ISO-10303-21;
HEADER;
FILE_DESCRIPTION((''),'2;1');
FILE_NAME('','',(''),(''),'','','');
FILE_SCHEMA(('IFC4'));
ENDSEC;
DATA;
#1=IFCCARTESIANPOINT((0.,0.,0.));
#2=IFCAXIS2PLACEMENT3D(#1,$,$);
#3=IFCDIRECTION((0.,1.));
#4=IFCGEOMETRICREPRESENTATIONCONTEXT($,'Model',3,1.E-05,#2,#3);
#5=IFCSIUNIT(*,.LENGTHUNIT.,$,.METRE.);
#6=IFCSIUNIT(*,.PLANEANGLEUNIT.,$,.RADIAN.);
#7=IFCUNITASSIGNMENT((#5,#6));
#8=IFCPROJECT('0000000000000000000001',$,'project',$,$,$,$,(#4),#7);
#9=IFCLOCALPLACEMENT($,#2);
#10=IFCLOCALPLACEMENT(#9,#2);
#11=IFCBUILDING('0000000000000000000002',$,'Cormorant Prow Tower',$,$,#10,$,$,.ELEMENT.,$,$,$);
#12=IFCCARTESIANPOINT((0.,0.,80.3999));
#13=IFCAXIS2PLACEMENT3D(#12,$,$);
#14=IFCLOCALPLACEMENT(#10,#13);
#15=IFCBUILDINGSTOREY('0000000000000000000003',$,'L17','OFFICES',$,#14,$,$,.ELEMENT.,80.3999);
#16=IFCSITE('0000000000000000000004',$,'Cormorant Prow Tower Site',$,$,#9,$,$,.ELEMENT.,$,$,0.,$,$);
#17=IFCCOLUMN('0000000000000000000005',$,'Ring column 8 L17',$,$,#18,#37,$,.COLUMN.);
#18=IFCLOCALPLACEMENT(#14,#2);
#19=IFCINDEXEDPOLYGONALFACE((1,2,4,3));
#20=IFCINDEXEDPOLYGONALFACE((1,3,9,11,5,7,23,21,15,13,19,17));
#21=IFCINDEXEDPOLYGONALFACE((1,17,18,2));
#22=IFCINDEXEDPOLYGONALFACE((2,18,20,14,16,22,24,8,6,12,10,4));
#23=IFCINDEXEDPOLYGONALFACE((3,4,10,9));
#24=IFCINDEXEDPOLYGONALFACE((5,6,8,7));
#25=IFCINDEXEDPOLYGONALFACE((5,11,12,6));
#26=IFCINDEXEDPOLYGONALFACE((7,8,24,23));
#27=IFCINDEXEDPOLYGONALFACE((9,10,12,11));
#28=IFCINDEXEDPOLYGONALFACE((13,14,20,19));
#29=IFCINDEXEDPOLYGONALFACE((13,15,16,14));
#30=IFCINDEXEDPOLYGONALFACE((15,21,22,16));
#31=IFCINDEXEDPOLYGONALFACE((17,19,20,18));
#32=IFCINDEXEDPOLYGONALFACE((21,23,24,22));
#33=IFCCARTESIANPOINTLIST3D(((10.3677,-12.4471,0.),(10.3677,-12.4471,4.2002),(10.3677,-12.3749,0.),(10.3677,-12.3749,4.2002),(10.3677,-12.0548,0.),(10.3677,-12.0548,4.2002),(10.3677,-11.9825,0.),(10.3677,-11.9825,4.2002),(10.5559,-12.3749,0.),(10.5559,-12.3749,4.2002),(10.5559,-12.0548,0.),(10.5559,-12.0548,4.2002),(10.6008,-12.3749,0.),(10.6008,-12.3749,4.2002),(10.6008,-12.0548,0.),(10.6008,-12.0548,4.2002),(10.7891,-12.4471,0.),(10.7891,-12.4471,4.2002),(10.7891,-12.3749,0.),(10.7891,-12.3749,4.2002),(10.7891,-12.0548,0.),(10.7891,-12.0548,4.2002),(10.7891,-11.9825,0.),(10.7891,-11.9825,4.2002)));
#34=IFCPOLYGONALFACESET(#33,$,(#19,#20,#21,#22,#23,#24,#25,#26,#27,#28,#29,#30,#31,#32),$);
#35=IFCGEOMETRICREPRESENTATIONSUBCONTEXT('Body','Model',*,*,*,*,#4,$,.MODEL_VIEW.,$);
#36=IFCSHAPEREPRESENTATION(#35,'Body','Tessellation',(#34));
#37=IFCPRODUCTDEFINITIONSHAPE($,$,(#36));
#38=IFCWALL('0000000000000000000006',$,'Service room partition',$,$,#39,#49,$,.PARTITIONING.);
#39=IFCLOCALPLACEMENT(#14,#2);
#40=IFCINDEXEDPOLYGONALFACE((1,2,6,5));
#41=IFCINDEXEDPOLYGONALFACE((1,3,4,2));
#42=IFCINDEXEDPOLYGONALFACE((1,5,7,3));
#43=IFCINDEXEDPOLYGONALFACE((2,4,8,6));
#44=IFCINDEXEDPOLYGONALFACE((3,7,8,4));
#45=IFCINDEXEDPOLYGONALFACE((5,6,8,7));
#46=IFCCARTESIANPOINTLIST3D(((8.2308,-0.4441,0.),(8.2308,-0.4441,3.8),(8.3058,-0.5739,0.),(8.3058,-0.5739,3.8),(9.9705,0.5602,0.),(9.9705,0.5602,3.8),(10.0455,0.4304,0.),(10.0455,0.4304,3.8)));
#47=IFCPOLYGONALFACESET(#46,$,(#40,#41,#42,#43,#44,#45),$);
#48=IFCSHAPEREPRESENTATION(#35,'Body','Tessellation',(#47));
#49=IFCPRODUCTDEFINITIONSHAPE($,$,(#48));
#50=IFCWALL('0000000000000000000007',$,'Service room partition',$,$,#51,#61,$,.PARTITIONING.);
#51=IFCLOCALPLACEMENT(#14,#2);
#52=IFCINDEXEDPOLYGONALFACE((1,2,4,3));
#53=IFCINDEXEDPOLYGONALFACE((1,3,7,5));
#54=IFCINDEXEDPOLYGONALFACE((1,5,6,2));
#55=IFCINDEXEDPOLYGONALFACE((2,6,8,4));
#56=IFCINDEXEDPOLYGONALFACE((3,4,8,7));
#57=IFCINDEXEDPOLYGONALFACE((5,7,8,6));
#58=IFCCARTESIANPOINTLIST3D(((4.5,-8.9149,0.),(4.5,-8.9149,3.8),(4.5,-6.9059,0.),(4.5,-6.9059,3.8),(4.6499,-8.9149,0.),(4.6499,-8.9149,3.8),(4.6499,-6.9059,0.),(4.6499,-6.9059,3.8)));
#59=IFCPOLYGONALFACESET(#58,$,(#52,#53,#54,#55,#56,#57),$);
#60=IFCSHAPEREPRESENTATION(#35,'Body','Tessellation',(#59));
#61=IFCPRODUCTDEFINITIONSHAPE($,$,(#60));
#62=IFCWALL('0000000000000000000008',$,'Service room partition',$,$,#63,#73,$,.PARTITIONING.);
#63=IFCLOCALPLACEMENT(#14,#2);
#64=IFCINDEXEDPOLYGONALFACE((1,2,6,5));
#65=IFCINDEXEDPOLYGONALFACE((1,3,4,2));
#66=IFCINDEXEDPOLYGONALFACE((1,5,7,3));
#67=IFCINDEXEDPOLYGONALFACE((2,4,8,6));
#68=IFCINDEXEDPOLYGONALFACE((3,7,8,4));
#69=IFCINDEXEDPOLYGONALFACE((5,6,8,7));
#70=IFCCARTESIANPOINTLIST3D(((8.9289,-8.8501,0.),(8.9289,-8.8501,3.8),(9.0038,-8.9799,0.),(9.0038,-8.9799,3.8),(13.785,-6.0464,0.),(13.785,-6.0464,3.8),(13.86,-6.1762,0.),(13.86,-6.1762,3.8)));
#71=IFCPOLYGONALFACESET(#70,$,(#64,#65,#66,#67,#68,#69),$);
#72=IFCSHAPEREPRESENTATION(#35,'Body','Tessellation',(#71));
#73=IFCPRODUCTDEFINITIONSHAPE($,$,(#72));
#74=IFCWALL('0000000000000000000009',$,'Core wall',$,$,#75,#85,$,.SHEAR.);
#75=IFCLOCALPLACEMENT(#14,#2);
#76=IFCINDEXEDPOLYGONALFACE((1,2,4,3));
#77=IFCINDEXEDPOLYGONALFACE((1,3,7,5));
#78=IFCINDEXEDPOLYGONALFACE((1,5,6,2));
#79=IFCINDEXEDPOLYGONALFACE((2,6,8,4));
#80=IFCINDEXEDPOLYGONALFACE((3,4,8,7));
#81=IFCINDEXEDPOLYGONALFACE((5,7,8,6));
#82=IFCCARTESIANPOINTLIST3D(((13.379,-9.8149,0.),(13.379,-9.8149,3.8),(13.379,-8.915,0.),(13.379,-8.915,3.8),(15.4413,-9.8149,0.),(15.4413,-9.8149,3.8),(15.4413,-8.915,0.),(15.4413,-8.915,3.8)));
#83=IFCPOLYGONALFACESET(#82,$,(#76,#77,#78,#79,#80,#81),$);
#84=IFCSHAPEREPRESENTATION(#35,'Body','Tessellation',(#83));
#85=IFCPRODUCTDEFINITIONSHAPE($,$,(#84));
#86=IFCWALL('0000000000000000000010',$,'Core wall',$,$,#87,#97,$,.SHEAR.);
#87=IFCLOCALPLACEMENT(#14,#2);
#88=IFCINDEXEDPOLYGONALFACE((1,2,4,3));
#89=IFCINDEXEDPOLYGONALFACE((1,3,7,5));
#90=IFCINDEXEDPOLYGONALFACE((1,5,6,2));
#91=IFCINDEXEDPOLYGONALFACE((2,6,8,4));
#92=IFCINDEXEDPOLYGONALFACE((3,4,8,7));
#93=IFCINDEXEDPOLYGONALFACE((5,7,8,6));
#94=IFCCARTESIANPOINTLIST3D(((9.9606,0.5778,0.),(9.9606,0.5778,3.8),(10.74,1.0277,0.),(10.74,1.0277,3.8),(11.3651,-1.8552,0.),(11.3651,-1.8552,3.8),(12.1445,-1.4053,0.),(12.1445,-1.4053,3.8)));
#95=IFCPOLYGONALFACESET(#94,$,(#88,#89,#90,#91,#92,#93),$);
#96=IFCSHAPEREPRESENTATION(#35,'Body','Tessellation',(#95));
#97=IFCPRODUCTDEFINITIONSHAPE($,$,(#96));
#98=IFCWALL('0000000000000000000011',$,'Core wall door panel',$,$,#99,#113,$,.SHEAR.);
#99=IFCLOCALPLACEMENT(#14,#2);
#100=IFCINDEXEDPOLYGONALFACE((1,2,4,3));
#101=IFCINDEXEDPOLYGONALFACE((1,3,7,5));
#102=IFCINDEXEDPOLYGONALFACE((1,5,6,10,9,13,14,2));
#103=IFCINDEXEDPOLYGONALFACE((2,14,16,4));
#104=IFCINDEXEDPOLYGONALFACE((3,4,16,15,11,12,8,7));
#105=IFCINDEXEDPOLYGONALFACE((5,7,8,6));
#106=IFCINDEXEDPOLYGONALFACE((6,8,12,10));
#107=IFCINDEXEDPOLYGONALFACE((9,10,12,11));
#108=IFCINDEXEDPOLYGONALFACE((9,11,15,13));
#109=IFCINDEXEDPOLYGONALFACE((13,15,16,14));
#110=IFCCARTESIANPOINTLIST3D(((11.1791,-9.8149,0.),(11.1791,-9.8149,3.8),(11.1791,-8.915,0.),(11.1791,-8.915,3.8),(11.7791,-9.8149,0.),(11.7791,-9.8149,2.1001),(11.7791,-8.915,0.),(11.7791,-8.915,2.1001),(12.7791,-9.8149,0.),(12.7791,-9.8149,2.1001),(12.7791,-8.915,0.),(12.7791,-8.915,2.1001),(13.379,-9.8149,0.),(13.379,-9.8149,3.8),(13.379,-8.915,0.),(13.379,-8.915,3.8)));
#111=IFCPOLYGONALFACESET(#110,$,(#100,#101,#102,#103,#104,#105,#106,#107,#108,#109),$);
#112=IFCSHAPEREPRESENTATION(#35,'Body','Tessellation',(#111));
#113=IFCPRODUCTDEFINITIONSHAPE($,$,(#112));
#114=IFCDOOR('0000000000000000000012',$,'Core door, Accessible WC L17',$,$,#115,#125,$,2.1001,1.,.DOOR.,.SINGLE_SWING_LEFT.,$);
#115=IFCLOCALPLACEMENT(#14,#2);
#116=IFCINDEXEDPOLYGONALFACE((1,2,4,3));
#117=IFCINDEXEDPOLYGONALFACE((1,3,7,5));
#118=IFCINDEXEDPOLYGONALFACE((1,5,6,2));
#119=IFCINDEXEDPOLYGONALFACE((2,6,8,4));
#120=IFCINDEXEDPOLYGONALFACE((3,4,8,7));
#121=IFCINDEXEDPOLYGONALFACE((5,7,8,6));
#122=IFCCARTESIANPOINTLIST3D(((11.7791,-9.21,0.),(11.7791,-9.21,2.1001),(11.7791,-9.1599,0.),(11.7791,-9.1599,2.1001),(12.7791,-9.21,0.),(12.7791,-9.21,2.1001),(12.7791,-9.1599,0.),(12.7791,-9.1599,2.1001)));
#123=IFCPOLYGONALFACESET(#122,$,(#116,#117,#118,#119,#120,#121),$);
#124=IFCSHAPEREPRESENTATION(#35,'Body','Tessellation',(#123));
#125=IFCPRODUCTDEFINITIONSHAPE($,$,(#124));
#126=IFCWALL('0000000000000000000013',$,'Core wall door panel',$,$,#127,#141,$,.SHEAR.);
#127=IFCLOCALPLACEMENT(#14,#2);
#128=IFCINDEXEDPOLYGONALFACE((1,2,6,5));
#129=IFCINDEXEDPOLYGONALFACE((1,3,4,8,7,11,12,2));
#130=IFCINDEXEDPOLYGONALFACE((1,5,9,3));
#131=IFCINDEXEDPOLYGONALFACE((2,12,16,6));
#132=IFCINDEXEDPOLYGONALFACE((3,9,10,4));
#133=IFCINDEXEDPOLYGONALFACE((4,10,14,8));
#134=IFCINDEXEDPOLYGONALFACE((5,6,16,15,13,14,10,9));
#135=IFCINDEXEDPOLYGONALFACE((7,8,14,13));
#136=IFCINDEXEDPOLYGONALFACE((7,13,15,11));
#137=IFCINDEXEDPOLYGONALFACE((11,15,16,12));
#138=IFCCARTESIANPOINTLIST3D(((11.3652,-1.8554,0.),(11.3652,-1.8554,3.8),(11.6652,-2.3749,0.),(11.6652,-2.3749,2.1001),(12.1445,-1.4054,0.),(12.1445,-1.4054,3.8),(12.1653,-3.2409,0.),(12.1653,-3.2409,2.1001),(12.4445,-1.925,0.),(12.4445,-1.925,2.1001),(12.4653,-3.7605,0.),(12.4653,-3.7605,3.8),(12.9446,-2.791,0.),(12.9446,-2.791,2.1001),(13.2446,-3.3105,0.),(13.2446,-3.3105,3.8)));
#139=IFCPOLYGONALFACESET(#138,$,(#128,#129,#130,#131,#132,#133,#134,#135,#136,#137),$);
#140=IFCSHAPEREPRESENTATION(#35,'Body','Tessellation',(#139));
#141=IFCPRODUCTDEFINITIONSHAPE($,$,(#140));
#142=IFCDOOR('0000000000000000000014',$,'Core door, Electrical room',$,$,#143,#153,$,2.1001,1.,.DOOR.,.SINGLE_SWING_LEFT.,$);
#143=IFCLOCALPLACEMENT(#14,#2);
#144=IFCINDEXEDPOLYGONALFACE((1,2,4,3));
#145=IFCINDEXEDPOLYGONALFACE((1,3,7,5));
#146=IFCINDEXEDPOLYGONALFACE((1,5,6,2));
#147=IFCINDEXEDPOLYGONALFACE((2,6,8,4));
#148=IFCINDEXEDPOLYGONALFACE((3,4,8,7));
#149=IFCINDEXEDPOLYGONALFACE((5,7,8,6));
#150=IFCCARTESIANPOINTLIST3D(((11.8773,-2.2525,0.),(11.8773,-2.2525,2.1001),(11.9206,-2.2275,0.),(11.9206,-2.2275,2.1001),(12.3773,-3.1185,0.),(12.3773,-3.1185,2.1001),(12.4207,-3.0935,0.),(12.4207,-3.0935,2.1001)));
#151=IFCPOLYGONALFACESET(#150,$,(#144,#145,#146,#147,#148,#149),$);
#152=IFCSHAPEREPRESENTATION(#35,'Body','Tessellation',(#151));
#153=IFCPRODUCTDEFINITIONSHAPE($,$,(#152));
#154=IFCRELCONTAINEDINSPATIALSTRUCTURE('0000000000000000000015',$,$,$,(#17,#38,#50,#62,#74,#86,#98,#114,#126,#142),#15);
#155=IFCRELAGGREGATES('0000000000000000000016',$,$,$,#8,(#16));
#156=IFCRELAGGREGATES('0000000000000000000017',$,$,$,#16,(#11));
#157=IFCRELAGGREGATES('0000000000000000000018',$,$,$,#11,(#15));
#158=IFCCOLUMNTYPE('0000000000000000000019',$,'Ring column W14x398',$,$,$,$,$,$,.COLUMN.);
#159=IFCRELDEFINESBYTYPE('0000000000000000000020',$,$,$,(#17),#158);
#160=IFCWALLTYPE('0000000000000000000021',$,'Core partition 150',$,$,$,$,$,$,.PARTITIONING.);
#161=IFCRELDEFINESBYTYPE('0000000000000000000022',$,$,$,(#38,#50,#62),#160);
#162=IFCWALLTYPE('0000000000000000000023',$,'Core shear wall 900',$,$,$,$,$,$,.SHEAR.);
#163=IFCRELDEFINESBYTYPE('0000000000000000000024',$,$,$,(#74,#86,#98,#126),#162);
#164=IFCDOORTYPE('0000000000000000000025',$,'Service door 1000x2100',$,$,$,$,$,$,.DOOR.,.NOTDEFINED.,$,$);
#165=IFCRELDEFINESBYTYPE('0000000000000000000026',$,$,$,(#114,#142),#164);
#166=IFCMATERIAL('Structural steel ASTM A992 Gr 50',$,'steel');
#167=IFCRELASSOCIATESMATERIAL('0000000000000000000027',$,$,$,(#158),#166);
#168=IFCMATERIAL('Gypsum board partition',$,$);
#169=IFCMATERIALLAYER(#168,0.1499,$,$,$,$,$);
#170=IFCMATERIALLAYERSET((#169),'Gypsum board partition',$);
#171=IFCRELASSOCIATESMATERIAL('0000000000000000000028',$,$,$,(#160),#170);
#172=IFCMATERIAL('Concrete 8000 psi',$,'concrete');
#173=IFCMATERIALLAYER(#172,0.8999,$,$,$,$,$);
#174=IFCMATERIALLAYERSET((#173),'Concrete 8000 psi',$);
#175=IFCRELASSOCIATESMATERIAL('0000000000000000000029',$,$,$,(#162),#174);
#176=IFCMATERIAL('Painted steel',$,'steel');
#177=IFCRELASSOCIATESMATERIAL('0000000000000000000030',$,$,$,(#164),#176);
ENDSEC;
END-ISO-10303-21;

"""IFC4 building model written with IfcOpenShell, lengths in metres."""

from ifc_helpers import new_model, si_unit, direction, frame, frame_2d, origin, origin_2d, place, context, subcontext, project, spatial, rectangle, i_section, extrude, material, layer, layer_set, material_profile, profile_set, type_object, element, fill, save


model = new_model("IFC4")

# Units and contexts
model_context = context("Model", 3, precision=1e-05, world=origin(), true_north=direction((0.0, 1.0)))
body_context = subcontext(model_context, "Body", "Model", "MODEL_VIEW")
ifc_project = project(units=[si_unit("LENGTHUNIT", "METRE"), si_unit("PLANEANGLEUNIT", "RADIAN")], contexts=[model_context])

# Site, building, storey
site_placement = place(None, origin())
site = spatial("IfcSite", under=ifc_project, at=site_placement, Name="Cormorant Prow Tower Site", CompositionType="ELEMENT", RefElevation=0.0)
building_placement = place(site_placement, origin())
building = spatial("IfcBuilding", under=site, at=building_placement, Name="Cormorant Prow Tower", CompositionType="ELEMENT")
storey_placement = place(building_placement, frame((0.0, 0.0, 80.3999)))
storey = spatial("IfcBuildingStorey", under=building, at=storey_placement, Name="L17", Description="OFFICES", CompositionType="ELEMENT", Elevation=80.3999)

# Column
ifc_material_1 = material(Name="Structural steel ASTM A992 Gr 50", Category="steel")
ifc_material_profile = material_profile(ifc_material_1, i_section(OverallWidth=0.4214, OverallDepth=0.4646, WebThickness=0.0449, FlangeThickness=0.0723, at=origin_2d()), Name="W14x398")
ifc_profile_set = profile_set([ifc_material_profile], Name="Structural steel ASTM A992 Gr 50")
column_type = type_object("IfcColumnType", Name="Ring column W14x398", PredefinedType="COLUMN", material=ifc_profile_set)
column_placement = place(storey_placement, frame((10.5784, -12.2148, 0.0), z_axis=(0.0, 0.0, 1.0), x_axis=(1.0, 0.0, 0.0)))
element("IfcColumn", 1, at=column_placement, inside=storey, type_object=column_type, Name="Ring column 8 L17", PredefinedType="COLUMN", context=body_context, shape_type="SweptSolid", body=[
    extrude(i_section(OverallWidth=0.4214, OverallDepth=0.4646, WebThickness=0.0449, FlangeThickness=0.0723, at=origin_2d()), origin(), (0.0, 0.0, 1.0), 4.2002),
])

# Walls
ifc_material_2 = material(Name="Gypsum board partition")
ifc_layer_1 = layer(ifc_material_2, 0.1499)
ifc_layer_set_1 = layer_set([ifc_layer_1], Name="Gypsum board partition")
wall_type_1 = type_object("IfcWallType", Name="Core partition 150", PredefinedType="PARTITIONING", material=ifc_layer_set_1)
wall_1_placement = place(storey_placement, frame((8.2683, -0.509, 0.0), z_axis=(0.0, 0.0, 1.0), x_axis=(0.866036, 0.499982, 0.0)))
element("IfcWall", 2, at=wall_1_placement, inside=storey, type_object=wall_type_1, Name="Service room partition", PredefinedType="PARTITIONING", context=body_context, shape_type="SweptSolid", body=[
    extrude(rectangle(XDim=2.0088, YDim=0.1499, at=frame_2d((1.0044, 0.0))), origin(), (0.0, 0.0, 1.0), 3.8),
])
wall_2_placement = place(storey_placement, frame((4.575, -6.906, 0.0), z_axis=(0.0, 0.0, 1.0), x_axis=(0.0, -1.0, 0.0)))
element("IfcWall", 3, at=wall_2_placement, inside=storey, type_object=wall_type_1, Name="Service room partition", PredefinedType="PARTITIONING", context=body_context, shape_type="SweptSolid", body=[
    extrude(rectangle(XDim=2.009, YDim=0.1499, at=frame_2d((1.0044, 0.0))), origin(), (0.0, 0.0, 1.0), 3.8),
])
wall_3_placement = place(storey_placement, frame((13.8225, -6.1113, 0.0), z_axis=(0.0, 0.0, 1.0), x_axis=(-0.866027, -0.499998, 0.0)))
element("IfcWall", 4, at=wall_3_placement, inside=storey, type_object=wall_type_1, Name="Service room partition", PredefinedType="PARTITIONING", context=body_context, shape_type="SweptSolid", body=[
    extrude(rectangle(XDim=5.6074, YDim=0.1499, at=frame_2d((2.8037, 0.0))), origin(), (0.0, 0.0, 1.0), 3.8),
])
ifc_material_3 = material(Name="Concrete 8000 psi", Category="concrete")
ifc_layer_2 = layer(ifc_material_3, 0.8999)
ifc_layer_set_2 = layer_set([ifc_layer_2], Name="Concrete 8000 psi")
wall_type_2 = type_object("IfcWallType", Name="Core shear wall 900", PredefinedType="SHEAR", material=ifc_layer_set_2)
wall_4_placement = place(storey_placement, frame((13.3789, -9.365, 0.0), z_axis=(0.0, 0.0, 1.0), x_axis=(1.0, 0.0, 0.0)))
element("IfcWall", 5, at=wall_4_placement, inside=storey, type_object=wall_type_2, Name="Core wall", PredefinedType="SHEAR", context=body_context, shape_type="SweptSolid", body=[
    extrude(rectangle(XDim=2.0623, YDim=0.8999, at=frame_2d((1.0312, 0.0))), origin(), (0.0, 0.0, 1.0), 3.8),
])
wall_5_placement = place(storey_placement, frame((11.7549, -1.6304, 0.0), z_axis=(0.0, 0.0, 1.0), x_axis=(-0.499943, 0.866058, 0.0)))
element("IfcWall", 6, at=wall_5_placement, inside=storey, type_object=wall_type_2, Name="Core wall", PredefinedType="SHEAR", context=body_context, shape_type="SweptSolid", body=[
    extrude(rectangle(XDim=2.8093, YDim=0.8999, at=frame_2d((1.4048, 0.0))), origin(), (0.0, 0.0, 1.0), 3.8),
])

# Walls, openings, doors
wall_6_placement = place(storey_placement, frame((11.179, -9.365, 0.0), z_axis=(0.0, 0.0, 1.0), x_axis=(1.0, 0.0, 0.0)))
wall_6 = element("IfcWall", 7, at=wall_6_placement, inside=storey, type_object=wall_type_2, Name="Core wall door panel", PredefinedType="SHEAR", context=body_context, shape_type="SweptSolid", body=[
    extrude(rectangle(XDim=2.2, YDim=0.8999, at=frame_2d((1.1001, 0.0))), origin(), (0.0, 0.0, 1.0), 3.8),
])
opening_1_placement = place(wall_6_placement, frame((0.6001, 0.0, 0.0)))
opening_1 = element("IfcOpeningElement", 8, at=opening_1_placement, cuts=wall_6, PredefinedType="OPENING", context=body_context, shape_type="SweptSolid", body=[
    extrude(rectangle(XDim=1.0, YDim=2.1001, at=frame_2d((0.5, 1.05))), frame((0.0, 0.46, 0.0), z_axis=(0.0, -1.0, 0.0), x_axis=(1.0, 0.0, 0.0)), (0.0, 0.0, 1.0), 0.9199),
])
ifc_material_4 = material(Name="Painted steel", Category="steel")
door_type_1 = type_object("IfcDoorType", Name="Service door 1000x2100", OperationType="NOTDEFINED", PredefinedType="DOOR", material=ifc_material_4)
door_1_placement = place(opening_1_placement, origin())
door_1 = element("IfcDoor", 9, at=door_1_placement, inside=storey, type_object=door_type_1, Name="Core door, Accessible WC L17", OperationType="SINGLE_SWING_LEFT", OverallHeight=2.1001, OverallWidth=1.0, PredefinedType="DOOR", context=body_context, shape_type="SweptSolid", body=[
    extrude(rectangle(XDim=1.0, YDim=2.1001, at=frame_2d((0.5, 1.05))), frame((0.0, 0.2051, 0.0), z_axis=(0.0, -1.0, 0.0), x_axis=(1.0, 0.0, 0.0)), (0.0, 0.0, 1.0), 0.05),
])
fill(opening_1, door_1)
wall_7_placement = place(storey_placement, frame((12.855, -3.5356, 0.0), z_axis=(0.0, 0.0, 1.0), x_axis=(-0.50003, 0.866008, 0.0)))
wall_7 = element("IfcWall", 10, at=wall_7_placement, inside=storey, type_object=wall_type_2, Name="Core wall door panel", PredefinedType="SHEAR", context=body_context, shape_type="SweptSolid", body=[
    extrude(rectangle(XDim=2.2, YDim=0.8999, at=frame_2d((1.1001, 0.0))), origin(), (0.0, 0.0, 1.0), 3.8),
])
opening_2_placement = place(wall_7_placement, frame((0.6001, 0.0, 0.0)))
opening_2 = element("IfcOpeningElement", 11, at=opening_2_placement, cuts=wall_7, PredefinedType="OPENING", context=body_context, shape_type="SweptSolid", body=[
    extrude(rectangle(XDim=1.0, YDim=2.1001, at=frame_2d((0.5, 1.05))), frame((0.0, 0.46, 0.0), z_axis=(0.0, -1.0, 0.0), x_axis=(1.0, 0.0, 0.0)), (0.0, 0.0, 1.0), 0.9199),
])
door_2_placement = place(opening_2_placement, origin())
door_2 = element("IfcDoor", 12, at=door_2_placement, inside=storey, type_object=door_type_1, Name="Core door, Electrical room", OperationType="SINGLE_SWING_LEFT", OverallHeight=2.1001, OverallWidth=1.0, PredefinedType="DOOR", context=body_context, shape_type="SweptSolid", body=[
    extrude(rectangle(XDim=1.0, YDim=2.1001, at=frame_2d((0.5, 1.05))), frame((0.0, 0.2051, 0.0), z_axis=(0.0, -1.0, 0.0), x_axis=(1.0, 0.0, 0.0)), (0.0, 0.0, 1.0), 0.05),
])
fill(opening_2, door_2)

save(model, "model.ifc")
